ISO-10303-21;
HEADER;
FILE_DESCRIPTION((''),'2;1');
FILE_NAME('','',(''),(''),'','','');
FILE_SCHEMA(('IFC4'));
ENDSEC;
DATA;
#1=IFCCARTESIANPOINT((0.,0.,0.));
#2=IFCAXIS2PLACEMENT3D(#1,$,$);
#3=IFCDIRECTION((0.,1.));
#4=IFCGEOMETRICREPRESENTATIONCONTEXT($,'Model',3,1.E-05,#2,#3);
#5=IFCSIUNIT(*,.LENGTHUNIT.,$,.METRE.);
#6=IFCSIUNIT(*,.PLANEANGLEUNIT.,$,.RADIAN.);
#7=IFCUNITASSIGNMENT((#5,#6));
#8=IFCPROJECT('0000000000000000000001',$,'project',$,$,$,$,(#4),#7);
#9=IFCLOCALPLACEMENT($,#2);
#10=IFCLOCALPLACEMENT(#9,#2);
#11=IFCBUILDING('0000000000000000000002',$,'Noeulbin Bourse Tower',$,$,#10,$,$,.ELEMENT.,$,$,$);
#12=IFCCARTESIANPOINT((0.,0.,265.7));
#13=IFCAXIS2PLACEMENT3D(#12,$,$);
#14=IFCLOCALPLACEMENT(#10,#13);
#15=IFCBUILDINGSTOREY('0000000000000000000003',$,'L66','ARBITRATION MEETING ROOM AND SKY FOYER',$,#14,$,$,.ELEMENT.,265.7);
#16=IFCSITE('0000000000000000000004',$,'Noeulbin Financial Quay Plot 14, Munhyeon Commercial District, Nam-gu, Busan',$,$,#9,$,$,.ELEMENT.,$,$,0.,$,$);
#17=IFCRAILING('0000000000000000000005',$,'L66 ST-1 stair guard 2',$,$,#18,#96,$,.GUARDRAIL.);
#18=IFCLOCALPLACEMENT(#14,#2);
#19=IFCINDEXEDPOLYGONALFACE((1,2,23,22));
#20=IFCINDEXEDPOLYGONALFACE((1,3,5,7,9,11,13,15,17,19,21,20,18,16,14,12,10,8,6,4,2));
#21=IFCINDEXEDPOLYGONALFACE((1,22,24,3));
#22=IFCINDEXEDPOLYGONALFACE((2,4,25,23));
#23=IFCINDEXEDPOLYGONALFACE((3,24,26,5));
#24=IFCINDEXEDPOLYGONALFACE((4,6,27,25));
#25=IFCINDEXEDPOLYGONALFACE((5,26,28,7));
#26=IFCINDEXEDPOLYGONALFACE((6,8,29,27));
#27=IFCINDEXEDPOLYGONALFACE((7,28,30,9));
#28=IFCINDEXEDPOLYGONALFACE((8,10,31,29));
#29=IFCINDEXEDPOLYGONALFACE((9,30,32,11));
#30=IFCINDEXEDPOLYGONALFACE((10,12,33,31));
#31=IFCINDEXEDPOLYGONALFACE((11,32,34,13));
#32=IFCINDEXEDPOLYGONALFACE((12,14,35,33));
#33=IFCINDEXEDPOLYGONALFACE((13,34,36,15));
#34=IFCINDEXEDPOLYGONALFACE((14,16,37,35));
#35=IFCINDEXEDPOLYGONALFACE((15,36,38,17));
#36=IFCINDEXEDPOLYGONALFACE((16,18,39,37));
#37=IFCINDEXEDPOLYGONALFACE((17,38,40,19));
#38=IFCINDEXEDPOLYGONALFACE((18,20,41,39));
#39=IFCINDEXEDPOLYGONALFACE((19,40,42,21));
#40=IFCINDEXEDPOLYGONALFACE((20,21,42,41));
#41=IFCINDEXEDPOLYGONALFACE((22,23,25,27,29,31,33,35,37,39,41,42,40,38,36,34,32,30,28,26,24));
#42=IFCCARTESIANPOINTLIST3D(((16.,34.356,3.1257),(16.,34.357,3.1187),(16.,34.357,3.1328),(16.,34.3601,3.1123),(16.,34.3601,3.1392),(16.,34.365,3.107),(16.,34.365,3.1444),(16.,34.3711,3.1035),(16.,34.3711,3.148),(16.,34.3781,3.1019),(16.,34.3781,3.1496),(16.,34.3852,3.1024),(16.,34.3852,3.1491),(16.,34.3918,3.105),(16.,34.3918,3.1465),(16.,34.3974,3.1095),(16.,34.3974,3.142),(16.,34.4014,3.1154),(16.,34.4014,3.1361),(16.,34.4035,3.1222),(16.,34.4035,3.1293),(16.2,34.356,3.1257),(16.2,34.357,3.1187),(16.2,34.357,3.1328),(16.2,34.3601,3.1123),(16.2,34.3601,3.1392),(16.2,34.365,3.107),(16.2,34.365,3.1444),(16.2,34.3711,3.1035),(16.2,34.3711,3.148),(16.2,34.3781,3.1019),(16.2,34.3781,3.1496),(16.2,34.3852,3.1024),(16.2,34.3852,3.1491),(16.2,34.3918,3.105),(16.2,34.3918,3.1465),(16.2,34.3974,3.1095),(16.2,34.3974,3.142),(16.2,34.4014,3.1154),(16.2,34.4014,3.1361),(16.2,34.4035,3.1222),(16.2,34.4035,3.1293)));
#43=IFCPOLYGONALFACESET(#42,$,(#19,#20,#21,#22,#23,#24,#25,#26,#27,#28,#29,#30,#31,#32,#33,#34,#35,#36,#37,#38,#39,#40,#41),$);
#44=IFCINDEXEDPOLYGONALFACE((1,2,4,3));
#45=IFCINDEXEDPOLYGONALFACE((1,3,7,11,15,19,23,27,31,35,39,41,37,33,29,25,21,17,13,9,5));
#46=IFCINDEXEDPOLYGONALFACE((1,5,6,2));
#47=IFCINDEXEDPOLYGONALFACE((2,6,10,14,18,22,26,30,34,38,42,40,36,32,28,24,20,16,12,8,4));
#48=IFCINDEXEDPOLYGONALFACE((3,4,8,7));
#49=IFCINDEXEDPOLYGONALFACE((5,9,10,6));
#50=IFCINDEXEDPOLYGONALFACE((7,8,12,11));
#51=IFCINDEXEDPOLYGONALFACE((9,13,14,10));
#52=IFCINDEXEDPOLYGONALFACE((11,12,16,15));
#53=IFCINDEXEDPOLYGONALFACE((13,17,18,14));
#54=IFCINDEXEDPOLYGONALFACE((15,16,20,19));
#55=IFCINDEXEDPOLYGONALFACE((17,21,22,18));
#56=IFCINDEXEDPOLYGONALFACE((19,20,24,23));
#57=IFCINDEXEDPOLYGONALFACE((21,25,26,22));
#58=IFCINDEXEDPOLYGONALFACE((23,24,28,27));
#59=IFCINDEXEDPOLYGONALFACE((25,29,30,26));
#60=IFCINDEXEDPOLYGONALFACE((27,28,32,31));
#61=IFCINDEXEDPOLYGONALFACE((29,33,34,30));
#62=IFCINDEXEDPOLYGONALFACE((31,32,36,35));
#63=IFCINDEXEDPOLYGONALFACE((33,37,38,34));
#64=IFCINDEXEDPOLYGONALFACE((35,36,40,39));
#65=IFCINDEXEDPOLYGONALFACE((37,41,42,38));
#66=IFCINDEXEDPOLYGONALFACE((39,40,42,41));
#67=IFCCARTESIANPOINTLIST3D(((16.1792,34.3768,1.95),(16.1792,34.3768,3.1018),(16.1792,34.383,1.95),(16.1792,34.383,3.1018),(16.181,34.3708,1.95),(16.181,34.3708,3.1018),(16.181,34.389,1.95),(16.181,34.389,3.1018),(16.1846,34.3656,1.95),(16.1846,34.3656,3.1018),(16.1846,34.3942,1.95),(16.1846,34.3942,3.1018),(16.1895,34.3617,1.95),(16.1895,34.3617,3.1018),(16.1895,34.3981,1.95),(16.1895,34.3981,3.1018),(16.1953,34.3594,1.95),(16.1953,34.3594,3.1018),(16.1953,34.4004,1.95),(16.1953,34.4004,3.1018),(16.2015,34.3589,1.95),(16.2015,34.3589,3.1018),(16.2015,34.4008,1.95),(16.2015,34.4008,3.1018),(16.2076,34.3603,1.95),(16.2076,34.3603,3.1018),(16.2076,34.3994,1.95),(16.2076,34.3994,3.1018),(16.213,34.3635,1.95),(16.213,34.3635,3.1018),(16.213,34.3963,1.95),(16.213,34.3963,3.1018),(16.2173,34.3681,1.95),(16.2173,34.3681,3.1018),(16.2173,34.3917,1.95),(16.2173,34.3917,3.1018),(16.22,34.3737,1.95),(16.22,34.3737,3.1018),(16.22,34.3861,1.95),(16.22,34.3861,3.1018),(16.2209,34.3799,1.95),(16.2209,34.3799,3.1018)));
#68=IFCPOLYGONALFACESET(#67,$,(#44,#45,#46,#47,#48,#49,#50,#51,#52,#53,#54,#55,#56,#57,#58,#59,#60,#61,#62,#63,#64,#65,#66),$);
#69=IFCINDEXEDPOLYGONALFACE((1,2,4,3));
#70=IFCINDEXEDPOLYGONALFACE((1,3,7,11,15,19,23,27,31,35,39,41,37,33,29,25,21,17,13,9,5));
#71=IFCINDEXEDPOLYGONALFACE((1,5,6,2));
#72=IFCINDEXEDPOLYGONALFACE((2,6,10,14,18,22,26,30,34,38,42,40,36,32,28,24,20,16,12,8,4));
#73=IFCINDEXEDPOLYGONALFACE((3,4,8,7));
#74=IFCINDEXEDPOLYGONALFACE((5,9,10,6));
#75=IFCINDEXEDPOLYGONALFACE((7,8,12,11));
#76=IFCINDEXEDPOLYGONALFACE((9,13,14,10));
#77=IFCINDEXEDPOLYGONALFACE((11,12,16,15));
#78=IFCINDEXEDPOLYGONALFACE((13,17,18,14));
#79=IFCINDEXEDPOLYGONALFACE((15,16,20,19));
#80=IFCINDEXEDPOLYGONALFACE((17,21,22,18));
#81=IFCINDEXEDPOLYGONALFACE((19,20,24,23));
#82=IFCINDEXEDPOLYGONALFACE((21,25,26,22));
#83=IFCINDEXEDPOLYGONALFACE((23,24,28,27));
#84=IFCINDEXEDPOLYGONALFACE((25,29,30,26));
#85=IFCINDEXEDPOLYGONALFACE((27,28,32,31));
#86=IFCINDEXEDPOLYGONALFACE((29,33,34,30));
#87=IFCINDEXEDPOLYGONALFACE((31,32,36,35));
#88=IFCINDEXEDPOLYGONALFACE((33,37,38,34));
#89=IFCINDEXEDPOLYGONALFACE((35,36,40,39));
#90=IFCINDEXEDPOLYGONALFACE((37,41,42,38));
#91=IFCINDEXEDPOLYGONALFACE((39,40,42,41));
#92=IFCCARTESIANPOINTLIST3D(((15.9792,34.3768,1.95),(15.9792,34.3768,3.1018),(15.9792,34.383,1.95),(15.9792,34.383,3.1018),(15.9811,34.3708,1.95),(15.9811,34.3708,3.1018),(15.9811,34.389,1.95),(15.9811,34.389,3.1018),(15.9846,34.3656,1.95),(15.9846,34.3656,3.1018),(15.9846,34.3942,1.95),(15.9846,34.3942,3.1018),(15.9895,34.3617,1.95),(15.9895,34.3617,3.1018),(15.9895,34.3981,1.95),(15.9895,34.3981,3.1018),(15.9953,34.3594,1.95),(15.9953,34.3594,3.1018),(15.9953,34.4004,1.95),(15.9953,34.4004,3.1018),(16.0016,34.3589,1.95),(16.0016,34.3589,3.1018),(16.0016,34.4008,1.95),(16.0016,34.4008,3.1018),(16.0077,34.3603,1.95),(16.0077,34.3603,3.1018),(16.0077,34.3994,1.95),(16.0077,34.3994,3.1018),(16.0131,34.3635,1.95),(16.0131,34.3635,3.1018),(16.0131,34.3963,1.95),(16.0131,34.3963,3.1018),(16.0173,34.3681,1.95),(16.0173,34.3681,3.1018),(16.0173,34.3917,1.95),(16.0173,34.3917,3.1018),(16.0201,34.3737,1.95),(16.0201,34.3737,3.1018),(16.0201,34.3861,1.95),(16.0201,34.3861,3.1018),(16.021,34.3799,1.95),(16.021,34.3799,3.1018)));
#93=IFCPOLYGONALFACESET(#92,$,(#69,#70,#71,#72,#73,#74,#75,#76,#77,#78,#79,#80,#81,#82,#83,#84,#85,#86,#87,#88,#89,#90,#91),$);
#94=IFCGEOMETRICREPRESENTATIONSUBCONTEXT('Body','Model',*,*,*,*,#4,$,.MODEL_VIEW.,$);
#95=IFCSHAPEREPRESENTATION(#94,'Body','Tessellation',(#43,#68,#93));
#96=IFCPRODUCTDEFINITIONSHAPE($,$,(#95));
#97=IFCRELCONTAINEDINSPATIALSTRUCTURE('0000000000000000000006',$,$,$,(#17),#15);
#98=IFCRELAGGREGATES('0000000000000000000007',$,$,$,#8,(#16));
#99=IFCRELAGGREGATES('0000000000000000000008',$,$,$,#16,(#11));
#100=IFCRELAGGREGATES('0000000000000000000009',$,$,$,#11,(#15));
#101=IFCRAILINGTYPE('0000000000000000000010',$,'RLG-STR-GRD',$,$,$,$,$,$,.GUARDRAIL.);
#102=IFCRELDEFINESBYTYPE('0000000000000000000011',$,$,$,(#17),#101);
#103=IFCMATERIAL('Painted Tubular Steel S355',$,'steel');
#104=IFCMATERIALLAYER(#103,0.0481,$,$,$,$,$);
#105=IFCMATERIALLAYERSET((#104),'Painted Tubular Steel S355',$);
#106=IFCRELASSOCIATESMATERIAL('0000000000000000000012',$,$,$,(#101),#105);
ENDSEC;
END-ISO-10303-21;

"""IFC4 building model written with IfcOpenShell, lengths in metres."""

from ifc_helpers import new_model, si_unit, direction, frame, origin, origin_2d, place, context, subcontext, project, spatial, circle, extrude, material, layer, layer_set, type_object, element, save


model = new_model("IFC4")

# Units and contexts
model_context = context("Model", 3, precision=1e-05, world=origin(), true_north=direction((0.0, 1.0)))
body_context = subcontext(model_context, "Body", "Model", "MODEL_VIEW")
ifc_project = project(units=[si_unit("LENGTHUNIT", "METRE"), si_unit("PLANEANGLEUNIT", "RADIAN")], contexts=[model_context])

# Site, building, storey
site_placement = place(None, origin())
site = spatial("IfcSite", under=ifc_project, at=site_placement, Name="Noeulbin Financial Quay Plot 14, Munhyeon Commercial District, Nam-gu, Busan", CompositionType="ELEMENT", RefElevation=0.0)
building_placement = place(site_placement, origin())
building = spatial("IfcBuilding", under=site, at=building_placement, Name="Noeulbin Bourse Tower", CompositionType="ELEMENT")
storey_placement = place(building_placement, frame((0.0, 0.0, 265.7)))
storey = spatial("IfcBuildingStorey", under=building, at=storey_placement, Name="L66", Description="ARBITRATION MEETING ROOM AND SKY FOYER", CompositionType="ELEMENT", Elevation=265.7)

# Railing
ifc_material_1 = material(Name="Painted Tubular Steel S355", Category="steel")
ifc_layer_1 = layer(ifc_material_1, 0.0481)
ifc_layer_set_1 = layer_set([ifc_layer_1], Name="Painted Tubular Steel S355")
railing_type_1 = type_object("IfcRailingType", Name="RLG-STR-GRD", PredefinedType="GUARDRAIL", material=ifc_layer_set_1)
railing_1_placement = place(storey_placement, frame((16.2, 34.3799, 1.95)))
element("IfcRailing", 1, at=railing_1_placement, inside=storey, type_object=railing_type_1, Name="L66 ST-1 stair guard 2", PredefinedType="GUARDRAIL", context=body_context, shape_type="SweptSolid", body=[
    extrude(circle(Radius=0.0239, at=origin_2d()), frame((0.0, 0.0, 1.1758), z_axis=(-1.0, 0.0, 0.0), x_axis=(0.0, -1.0, 0.0)), (0.0, 0.0, 1.0), 0.2),
    extrude(circle(Radius=0.021, at=origin_2d()), origin(), (0.0, 0.0, 1.0), 1.1519),
    extrude(circle(Radius=0.021, at=origin_2d()), frame((-0.2, 0.0, 0.0)), (0.0, 0.0, 1.0), 1.1519),
])

save(model, "model.ifc")
